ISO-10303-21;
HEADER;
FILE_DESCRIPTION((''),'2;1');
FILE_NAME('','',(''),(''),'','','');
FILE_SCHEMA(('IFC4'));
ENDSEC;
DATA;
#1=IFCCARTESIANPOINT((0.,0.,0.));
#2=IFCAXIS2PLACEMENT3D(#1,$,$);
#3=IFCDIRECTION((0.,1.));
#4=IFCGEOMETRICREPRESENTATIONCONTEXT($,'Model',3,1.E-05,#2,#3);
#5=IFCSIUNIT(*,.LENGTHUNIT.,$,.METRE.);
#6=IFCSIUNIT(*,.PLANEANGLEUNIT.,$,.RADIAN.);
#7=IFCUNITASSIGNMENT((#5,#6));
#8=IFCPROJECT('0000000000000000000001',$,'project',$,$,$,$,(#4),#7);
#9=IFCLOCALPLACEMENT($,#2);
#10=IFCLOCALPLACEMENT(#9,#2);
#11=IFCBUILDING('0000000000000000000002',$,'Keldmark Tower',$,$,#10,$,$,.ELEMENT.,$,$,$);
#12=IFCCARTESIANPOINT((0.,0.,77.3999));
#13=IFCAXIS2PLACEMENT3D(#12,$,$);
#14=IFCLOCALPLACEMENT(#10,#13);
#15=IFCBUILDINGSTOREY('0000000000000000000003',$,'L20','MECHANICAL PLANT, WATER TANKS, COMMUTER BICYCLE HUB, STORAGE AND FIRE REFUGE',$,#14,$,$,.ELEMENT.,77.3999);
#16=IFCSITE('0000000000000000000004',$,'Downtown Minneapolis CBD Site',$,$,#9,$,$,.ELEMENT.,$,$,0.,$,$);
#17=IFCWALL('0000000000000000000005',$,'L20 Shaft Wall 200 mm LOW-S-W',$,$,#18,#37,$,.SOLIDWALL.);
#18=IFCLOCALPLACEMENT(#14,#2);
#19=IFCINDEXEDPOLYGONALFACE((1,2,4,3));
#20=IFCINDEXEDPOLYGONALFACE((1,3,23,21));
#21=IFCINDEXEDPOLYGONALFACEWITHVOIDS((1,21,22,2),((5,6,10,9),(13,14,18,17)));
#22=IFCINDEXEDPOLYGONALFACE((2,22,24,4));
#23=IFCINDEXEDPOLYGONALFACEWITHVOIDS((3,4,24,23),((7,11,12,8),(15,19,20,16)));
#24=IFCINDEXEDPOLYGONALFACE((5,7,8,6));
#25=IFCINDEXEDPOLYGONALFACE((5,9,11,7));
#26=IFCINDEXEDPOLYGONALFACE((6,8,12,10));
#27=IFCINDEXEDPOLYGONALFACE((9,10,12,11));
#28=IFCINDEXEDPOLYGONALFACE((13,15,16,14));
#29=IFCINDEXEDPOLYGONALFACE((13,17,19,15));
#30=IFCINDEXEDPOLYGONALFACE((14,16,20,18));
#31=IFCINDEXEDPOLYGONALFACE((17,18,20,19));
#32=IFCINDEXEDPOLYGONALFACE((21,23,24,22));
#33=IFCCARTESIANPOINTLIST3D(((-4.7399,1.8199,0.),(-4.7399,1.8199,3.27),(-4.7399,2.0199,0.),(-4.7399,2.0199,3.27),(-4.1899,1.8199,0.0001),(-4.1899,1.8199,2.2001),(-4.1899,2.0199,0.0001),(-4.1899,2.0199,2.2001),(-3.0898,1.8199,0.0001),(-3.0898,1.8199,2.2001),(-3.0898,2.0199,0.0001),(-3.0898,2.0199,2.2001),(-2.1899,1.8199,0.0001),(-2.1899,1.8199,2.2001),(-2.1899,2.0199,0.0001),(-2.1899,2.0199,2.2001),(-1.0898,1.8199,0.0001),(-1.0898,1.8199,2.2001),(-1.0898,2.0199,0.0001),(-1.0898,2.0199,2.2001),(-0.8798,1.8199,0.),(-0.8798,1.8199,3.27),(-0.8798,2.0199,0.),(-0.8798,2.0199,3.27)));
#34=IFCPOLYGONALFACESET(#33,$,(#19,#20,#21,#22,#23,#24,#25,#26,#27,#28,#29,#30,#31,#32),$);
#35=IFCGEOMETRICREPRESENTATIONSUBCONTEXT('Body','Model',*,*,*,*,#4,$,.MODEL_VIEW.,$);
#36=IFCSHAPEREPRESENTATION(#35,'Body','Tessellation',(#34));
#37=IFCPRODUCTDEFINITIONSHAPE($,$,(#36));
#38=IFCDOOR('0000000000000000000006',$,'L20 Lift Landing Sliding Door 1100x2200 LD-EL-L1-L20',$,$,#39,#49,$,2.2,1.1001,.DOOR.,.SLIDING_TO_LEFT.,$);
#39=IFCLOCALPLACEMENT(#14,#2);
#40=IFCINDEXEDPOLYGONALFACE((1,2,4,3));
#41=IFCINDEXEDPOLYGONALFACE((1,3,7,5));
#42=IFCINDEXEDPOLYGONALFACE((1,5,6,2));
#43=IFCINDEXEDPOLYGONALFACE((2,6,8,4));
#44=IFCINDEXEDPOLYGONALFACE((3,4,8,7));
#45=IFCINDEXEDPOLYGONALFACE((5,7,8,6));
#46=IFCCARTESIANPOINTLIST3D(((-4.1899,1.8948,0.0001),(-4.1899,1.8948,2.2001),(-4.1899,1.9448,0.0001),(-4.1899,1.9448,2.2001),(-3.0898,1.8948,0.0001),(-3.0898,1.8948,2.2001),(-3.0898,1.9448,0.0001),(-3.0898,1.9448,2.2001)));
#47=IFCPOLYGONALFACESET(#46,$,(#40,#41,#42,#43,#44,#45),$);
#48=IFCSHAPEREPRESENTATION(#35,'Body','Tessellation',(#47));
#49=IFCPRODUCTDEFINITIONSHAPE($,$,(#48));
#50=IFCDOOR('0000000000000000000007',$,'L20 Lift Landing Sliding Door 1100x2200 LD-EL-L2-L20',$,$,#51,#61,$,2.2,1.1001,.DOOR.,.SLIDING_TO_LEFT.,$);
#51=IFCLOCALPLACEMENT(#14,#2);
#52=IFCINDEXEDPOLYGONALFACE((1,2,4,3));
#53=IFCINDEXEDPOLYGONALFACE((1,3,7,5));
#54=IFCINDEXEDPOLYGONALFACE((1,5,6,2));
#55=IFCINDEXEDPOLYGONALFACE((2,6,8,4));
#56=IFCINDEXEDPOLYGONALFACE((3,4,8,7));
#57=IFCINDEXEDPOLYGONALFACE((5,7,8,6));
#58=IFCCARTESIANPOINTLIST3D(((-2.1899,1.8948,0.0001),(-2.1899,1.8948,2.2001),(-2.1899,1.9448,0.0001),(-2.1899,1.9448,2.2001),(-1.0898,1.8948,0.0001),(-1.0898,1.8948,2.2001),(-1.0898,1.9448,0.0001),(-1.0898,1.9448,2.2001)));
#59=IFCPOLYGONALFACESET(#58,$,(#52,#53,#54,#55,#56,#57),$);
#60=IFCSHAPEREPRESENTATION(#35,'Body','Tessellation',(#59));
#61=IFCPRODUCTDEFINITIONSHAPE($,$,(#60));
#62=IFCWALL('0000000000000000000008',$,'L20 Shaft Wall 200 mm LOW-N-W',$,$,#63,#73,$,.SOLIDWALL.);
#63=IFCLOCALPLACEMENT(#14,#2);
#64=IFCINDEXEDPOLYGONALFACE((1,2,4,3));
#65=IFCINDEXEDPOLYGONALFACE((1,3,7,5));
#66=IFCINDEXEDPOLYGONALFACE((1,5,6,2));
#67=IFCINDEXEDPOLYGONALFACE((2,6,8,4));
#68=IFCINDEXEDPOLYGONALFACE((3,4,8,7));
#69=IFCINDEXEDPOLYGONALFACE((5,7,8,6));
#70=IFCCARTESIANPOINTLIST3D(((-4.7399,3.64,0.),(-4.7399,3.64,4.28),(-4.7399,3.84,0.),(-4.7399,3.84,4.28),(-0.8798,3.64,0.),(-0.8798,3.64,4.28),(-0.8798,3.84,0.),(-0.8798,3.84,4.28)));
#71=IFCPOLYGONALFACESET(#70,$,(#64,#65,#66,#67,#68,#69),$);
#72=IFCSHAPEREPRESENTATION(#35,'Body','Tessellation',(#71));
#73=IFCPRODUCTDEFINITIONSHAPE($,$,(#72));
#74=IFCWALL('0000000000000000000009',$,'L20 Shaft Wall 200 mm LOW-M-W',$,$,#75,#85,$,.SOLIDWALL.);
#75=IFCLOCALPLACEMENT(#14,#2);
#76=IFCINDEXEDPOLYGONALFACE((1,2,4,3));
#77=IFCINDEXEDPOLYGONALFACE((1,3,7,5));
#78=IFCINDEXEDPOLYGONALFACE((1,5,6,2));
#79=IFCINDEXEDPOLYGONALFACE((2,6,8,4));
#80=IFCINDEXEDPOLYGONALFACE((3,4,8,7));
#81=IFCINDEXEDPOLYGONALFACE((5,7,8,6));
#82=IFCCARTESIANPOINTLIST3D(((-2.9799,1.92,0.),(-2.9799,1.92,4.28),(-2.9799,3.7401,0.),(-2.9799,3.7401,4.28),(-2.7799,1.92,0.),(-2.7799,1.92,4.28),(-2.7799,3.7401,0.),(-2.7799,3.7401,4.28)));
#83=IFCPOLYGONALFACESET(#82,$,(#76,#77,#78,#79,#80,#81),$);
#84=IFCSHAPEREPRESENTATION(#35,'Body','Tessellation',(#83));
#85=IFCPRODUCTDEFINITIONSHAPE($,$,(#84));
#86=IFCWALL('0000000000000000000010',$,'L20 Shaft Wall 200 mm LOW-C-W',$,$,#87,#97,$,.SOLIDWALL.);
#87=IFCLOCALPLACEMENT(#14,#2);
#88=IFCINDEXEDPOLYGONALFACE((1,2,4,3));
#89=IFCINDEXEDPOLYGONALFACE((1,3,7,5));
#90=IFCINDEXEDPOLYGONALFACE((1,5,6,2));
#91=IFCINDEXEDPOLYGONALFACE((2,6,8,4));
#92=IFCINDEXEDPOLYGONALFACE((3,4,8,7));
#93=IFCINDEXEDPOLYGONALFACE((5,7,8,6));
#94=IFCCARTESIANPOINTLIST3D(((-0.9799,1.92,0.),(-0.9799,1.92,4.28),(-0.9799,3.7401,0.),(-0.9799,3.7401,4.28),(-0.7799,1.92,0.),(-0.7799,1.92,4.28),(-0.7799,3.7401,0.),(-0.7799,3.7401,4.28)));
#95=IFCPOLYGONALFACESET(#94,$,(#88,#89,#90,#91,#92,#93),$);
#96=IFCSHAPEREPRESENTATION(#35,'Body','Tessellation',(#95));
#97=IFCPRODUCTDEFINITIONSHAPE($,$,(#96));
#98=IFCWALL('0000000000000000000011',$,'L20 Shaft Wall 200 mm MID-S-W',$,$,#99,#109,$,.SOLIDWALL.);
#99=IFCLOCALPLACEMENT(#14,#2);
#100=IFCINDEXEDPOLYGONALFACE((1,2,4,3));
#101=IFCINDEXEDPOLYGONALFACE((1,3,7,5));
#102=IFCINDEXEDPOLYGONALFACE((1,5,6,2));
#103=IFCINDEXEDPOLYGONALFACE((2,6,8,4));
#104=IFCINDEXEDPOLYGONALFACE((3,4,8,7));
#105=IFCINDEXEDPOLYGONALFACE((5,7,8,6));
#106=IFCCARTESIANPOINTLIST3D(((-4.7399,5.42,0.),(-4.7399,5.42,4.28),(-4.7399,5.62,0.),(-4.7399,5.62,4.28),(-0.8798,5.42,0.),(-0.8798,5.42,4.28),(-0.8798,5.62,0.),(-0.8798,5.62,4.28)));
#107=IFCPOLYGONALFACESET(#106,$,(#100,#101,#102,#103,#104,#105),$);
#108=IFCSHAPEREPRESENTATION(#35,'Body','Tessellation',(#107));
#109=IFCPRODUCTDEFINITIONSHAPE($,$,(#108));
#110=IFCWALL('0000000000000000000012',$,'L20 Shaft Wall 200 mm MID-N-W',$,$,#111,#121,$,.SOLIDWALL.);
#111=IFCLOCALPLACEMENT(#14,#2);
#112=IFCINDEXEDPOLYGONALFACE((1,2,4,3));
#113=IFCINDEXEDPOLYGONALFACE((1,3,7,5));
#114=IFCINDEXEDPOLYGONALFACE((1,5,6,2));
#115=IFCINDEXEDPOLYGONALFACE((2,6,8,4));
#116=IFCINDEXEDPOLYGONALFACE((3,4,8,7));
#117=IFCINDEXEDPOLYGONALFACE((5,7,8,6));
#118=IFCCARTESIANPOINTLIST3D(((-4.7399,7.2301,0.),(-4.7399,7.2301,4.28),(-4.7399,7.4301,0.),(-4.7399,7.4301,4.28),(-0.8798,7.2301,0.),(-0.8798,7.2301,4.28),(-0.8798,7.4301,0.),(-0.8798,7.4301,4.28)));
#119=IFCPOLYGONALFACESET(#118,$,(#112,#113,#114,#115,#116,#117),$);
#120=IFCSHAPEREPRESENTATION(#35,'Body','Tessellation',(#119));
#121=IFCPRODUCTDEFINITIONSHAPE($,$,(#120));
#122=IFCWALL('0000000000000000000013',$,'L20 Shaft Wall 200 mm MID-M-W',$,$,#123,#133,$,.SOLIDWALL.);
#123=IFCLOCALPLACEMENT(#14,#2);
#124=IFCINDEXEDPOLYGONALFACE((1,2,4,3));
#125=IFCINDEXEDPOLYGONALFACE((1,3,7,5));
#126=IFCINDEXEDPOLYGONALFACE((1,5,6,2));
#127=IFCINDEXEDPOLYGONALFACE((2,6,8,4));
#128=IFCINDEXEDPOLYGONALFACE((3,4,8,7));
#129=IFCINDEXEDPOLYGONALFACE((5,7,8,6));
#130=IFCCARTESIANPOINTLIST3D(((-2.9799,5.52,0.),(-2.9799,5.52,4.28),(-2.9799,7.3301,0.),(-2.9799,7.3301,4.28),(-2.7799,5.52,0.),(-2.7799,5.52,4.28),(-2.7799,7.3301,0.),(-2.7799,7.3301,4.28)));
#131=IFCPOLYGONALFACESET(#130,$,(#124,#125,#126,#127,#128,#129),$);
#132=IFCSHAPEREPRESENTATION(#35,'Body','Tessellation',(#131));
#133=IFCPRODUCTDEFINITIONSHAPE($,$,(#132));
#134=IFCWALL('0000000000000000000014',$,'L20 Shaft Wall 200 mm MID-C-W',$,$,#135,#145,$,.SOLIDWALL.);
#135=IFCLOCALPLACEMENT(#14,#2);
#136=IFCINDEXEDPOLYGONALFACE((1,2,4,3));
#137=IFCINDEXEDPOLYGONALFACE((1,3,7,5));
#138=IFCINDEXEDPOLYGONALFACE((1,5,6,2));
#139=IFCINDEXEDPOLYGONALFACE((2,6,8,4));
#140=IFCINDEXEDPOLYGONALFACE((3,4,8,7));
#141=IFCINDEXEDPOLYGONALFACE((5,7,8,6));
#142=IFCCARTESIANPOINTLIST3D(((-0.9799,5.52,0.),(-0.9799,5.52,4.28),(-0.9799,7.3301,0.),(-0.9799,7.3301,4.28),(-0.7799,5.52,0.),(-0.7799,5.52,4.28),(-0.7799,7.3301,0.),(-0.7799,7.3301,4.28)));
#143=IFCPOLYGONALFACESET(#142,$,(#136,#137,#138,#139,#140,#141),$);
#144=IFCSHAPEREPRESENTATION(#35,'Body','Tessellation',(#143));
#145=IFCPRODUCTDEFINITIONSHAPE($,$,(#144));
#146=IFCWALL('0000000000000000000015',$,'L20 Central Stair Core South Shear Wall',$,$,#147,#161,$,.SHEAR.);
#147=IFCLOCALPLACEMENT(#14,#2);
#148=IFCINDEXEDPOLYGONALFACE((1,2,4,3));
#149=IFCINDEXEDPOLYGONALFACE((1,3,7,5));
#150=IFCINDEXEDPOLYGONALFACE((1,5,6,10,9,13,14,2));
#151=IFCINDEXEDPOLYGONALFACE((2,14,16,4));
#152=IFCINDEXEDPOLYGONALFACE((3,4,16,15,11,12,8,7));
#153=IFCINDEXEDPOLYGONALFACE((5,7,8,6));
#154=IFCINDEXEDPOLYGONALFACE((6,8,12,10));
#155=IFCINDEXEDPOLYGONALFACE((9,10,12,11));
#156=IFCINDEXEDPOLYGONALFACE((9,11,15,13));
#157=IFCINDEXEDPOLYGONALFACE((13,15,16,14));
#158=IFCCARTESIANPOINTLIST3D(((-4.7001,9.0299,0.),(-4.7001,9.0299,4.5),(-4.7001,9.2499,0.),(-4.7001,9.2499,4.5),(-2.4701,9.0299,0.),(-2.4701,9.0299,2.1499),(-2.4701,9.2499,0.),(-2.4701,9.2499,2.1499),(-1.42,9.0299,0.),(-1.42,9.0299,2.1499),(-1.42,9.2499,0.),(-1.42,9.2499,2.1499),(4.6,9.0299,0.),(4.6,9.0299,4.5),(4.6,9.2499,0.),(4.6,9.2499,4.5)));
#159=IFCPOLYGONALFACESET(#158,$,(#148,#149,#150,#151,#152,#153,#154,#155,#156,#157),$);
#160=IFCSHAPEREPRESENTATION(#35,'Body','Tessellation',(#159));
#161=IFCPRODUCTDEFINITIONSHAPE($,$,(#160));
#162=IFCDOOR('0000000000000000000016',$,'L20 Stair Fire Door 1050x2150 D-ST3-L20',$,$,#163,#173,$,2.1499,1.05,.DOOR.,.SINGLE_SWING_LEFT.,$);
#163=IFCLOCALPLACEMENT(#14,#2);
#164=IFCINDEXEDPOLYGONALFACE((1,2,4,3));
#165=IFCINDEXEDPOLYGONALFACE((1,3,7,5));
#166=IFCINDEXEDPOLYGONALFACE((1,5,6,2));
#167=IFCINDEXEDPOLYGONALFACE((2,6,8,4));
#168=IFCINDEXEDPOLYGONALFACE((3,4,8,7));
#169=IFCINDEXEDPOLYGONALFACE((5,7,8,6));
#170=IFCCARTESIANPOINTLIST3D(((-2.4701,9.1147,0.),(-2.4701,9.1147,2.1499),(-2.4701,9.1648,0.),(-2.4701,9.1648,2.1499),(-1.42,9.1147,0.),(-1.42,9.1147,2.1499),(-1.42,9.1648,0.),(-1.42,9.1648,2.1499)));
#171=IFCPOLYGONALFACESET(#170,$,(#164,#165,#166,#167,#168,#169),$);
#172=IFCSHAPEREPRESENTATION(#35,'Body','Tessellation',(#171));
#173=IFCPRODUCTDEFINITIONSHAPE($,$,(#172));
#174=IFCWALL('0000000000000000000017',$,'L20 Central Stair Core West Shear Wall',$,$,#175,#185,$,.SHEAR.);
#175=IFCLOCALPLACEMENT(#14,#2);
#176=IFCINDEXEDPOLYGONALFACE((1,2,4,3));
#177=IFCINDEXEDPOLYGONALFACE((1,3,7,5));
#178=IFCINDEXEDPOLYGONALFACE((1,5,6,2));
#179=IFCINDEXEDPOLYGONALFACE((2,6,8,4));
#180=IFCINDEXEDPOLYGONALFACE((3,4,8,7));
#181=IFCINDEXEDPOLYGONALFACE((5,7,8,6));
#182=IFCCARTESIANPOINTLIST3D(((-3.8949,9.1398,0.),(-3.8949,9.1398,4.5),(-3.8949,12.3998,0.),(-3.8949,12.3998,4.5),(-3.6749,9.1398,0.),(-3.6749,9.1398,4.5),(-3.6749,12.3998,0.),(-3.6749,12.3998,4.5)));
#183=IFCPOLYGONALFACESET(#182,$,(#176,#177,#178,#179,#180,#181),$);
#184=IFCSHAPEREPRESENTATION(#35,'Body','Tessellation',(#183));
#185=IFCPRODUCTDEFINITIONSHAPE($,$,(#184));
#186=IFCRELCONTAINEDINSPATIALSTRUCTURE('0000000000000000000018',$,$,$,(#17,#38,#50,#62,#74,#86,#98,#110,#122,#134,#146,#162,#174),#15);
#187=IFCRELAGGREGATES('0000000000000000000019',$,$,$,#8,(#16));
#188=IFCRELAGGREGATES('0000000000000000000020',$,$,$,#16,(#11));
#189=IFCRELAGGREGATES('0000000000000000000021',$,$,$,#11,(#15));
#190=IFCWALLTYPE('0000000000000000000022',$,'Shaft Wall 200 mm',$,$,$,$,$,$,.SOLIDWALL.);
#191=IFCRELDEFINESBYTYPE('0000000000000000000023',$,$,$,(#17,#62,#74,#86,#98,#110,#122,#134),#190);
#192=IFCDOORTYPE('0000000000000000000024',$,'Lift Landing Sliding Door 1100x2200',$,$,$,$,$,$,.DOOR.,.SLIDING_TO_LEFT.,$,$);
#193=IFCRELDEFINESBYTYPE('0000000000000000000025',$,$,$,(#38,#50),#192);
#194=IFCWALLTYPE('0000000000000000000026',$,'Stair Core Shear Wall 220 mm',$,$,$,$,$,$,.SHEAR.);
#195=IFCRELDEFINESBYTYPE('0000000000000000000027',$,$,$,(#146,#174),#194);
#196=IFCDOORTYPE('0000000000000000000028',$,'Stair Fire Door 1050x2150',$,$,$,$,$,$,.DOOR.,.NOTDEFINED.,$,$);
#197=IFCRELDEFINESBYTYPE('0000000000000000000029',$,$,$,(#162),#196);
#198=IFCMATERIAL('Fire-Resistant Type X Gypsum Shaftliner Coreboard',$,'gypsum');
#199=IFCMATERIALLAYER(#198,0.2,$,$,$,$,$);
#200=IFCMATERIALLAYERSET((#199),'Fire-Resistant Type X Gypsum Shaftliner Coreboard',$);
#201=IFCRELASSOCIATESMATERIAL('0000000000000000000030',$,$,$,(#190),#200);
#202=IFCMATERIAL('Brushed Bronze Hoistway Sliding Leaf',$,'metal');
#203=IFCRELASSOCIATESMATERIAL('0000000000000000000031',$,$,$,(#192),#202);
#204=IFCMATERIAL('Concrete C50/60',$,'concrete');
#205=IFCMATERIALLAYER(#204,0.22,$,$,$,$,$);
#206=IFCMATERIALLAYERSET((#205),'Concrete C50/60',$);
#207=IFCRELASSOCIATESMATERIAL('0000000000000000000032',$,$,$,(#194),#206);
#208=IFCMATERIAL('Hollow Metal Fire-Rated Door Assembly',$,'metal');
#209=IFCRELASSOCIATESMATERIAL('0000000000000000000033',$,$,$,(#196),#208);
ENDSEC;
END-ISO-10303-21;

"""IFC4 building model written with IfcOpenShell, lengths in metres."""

from ifc_helpers import new_model, si_unit, direction, frame, frame_2d, origin, place, context, subcontext, project, spatial, rectangle, extrude, material, layer, layer_set, type_object, element, fill, save


model = new_model("IFC4")

# Units and contexts
model_context = context("Model", 3, precision=1e-05, world=origin(), true_north=direction((0.0, 1.0)))
body_context = subcontext(model_context, "Body", "Model", "MODEL_VIEW")
ifc_project = project(units=[si_unit("LENGTHUNIT", "METRE"), si_unit("PLANEANGLEUNIT", "RADIAN")], contexts=[model_context])

# Site, building, storey
site_placement = place(None, origin())
site = spatial("IfcSite", under=ifc_project, at=site_placement, Name="Downtown Minneapolis CBD Site", CompositionType="ELEMENT", RefElevation=0.0)
building_placement = place(site_placement, origin())
building = spatial("IfcBuilding", under=site, at=building_placement, Name="Keldmark Tower", CompositionType="ELEMENT")
storey_placement = place(building_placement, frame((0.0, 0.0, 77.3999)))
storey = spatial("IfcBuildingStorey", under=building, at=storey_placement, Name="L20", Description="MECHANICAL PLANT, WATER TANKS, COMMUTER BICYCLE HUB, STORAGE AND FIRE REFUGE", CompositionType="ELEMENT", Elevation=77.3999)

# Shared definitions
ifc_material_1 = material(Name="Fire-Resistant Type X Gypsum Shaftliner Coreboard", Category="gypsum")
ifc_layer_1 = layer(ifc_material_1, 0.2)
ifc_layer_set_1 = layer_set([ifc_layer_1], Name="Fire-Resistant Type X Gypsum Shaftliner Coreboard")
wall_type_1 = type_object("IfcWallType", Name="Shaft Wall 200 mm", PredefinedType="SOLIDWALL", material=ifc_layer_set_1)

# Wall, openings, doors
wall_1_placement = place(storey_placement, frame((-4.74, 1.9199, 0.0), z_axis=(0.0, 0.0, 1.0), x_axis=(1.0, 0.0, 0.0)))
wall_1 = element("IfcWall", 1, at=wall_1_placement, inside=storey, type_object=wall_type_1, Name="L20 Shaft Wall 200 mm LOW-S-W", PredefinedType="SOLIDWALL", context=body_context, shape_type="SweptSolid", body=[
    extrude(rectangle(XDim=3.8601, YDim=0.2, at=frame_2d((1.9302, 0.0))), origin(), (0.0, 0.0, 1.0), 3.27),
])
opening_1_placement = place(wall_1_placement, frame((0.55, 0.0, 0.0)))
opening_1 = element("IfcOpeningElement", 2, at=opening_1_placement, cuts=wall_1, PredefinedType="OPENING", context=body_context, shape_type="SweptSolid", body=[
    extrude(rectangle(XDim=1.1001, YDim=2.2, at=frame_2d((0.55, 1.1001))), frame((0.0, 0.1099, 0.0), z_axis=(0.0, -1.0, 0.0), x_axis=(1.0, 0.0, 0.0)), (0.0, 0.0, 1.0), 0.22),
])
opening_2_placement = place(wall_1_placement, frame((2.55, 0.0, 0.0)))
opening_2 = element("IfcOpeningElement", 3, at=opening_2_placement, cuts=wall_1, PredefinedType="OPENING", context=body_context, shape_type="SweptSolid", body=[
    extrude(rectangle(XDim=1.1001, YDim=2.2, at=frame_2d((0.55, 1.1001))), frame((0.0, 0.1099, 0.0), z_axis=(0.0, -1.0, 0.0), x_axis=(1.0, 0.0, 0.0)), (0.0, 0.0, 1.0), 0.22),
])
ifc_material_2 = material(Name="Brushed Bronze Hoistway Sliding Leaf", Category="metal")
door_type_1 = type_object("IfcDoorType", Name="Lift Landing Sliding Door 1100x2200", OperationType="SLIDING_TO_LEFT", PredefinedType="DOOR", material=ifc_material_2)
door_1_placement = place(opening_1_placement, origin())
door_1 = element("IfcDoor", 4, at=door_1_placement, inside=storey, type_object=door_type_1, Name="L20 Lift Landing Sliding Door 1100x2200 LD-EL-L1-L20", OperationType="SLIDING_TO_LEFT", OverallHeight=2.2, OverallWidth=1.1001, PredefinedType="DOOR", context=body_context, shape_type="SweptSolid", body=[
    extrude(rectangle(XDim=1.1001, YDim=2.2, at=frame_2d((0.55, 1.1001))), frame((0.0, 0.0249, 0.0), z_axis=(0.0, -1.0, 0.0), x_axis=(1.0, 0.0, 0.0)), (0.0, 0.0, 1.0), 0.05),
])
fill(opening_1, door_1)
door_2_placement = place(opening_2_placement, origin())
door_2 = element("IfcDoor", 5, at=door_2_placement, inside=storey, type_object=door_type_1, Name="L20 Lift Landing Sliding Door 1100x2200 LD-EL-L2-L20", OperationType="SLIDING_TO_LEFT", OverallHeight=2.2, OverallWidth=1.1001, PredefinedType="DOOR", context=body_context, shape_type="SweptSolid", body=[
    extrude(rectangle(XDim=1.1001, YDim=2.2, at=frame_2d((0.55, 1.1001))), frame((0.0, 0.0249, 0.0), z_axis=(0.0, -1.0, 0.0), x_axis=(1.0, 0.0, 0.0)), (0.0, 0.0, 1.0), 0.05),
])
fill(opening_2, door_2)

# Walls
wall_2_placement = place(storey_placement, frame((-4.74, 3.74, 0.0), z_axis=(0.0, 0.0, 1.0), x_axis=(1.0, 0.0, 0.0)))
element("IfcWall", 6, at=wall_2_placement, inside=storey, type_object=wall_type_1, Name="L20 Shaft Wall 200 mm LOW-N-W", PredefinedType="SOLIDWALL", context=body_context, shape_type="SweptSolid", body=[
    extrude(rectangle(XDim=3.8601, YDim=0.2, at=frame_2d((1.9302, 0.0))), origin(), (0.0, 0.0, 1.0), 4.28),
])
for number, where, z_axis, x_axis, name in (
    (7, (-2.8799, 1.9199, 0.0), (0.0, 0.0, 1.0), (0.0, 1.0, 0.0), "L20 Shaft Wall 200 mm LOW-M-W"),
    (8, (-0.8799, 1.9199, 0.0), (0.0, 0.0, 1.0), (0.0, 1.0, 0.0), "L20 Shaft Wall 200 mm LOW-C-W"),
):
    element("IfcWall", number, at=place(storey_placement, frame(where, z_axis=z_axis, x_axis=x_axis)), inside=storey, type_object=wall_type_1, Name=name, PredefinedType="SOLIDWALL", context=body_context, shape_type="SweptSolid", body=[
        extrude(rectangle(XDim=1.8201, YDim=0.2, at=frame_2d((0.9102, 0.0))), origin(), (0.0, 0.0, 1.0), 4.28),
    ])
for number, where, z_axis, x_axis, name in (
    (9, (-4.74, 5.52, 0.0), (0.0, 0.0, 1.0), (1.0, 0.0, 0.0), "L20 Shaft Wall 200 mm MID-S-W"),
    (10, (-4.74, 7.3301, 0.0), (0.0, 0.0, 1.0), (1.0, 0.0, 0.0), "L20 Shaft Wall 200 mm MID-N-W"),
):
    element("IfcWall", number, at=place(storey_placement, frame(where, z_axis=z_axis, x_axis=x_axis)), inside=storey, type_object=wall_type_1, Name=name, PredefinedType="SOLIDWALL", context=body_context, shape_type="SweptSolid", body=[
        extrude(rectangle(XDim=3.8601, YDim=0.2, at=frame_2d((1.9302, 0.0))), origin(), (0.0, 0.0, 1.0), 4.28),
    ])
for number, where, z_axis, x_axis, name in (
    (11, (-2.8799, 5.52, 0.0), (0.0, 0.0, 1.0), (0.0, 1.0, 0.0), "L20 Shaft Wall 200 mm MID-M-W"),
    (12, (-0.8799, 5.52, 0.0), (0.0, 0.0, 1.0), (0.0, 1.0, 0.0), "L20 Shaft Wall 200 mm MID-C-W"),
):
    element("IfcWall", number, at=place(storey_placement, frame(where, z_axis=z_axis, x_axis=x_axis)), inside=storey, type_object=wall_type_1, Name=name, PredefinedType="SOLIDWALL", context=body_context, shape_type="SweptSolid", body=[
        extrude(rectangle(XDim=1.8101, YDim=0.2, at=frame_2d((0.905, 0.0))), origin(), (0.0, 0.0, 1.0), 4.28),
    ])

# Wall, opening, door
ifc_material_3 = material(Name="Concrete C50/60", Category="concrete")
ifc_layer_2 = layer(ifc_material_3, 0.22)
ifc_layer_set_2 = layer_set([ifc_layer_2], Name="Concrete C50/60")
wall_type_2 = type_object("IfcWallType", Name="Stair Core Shear Wall 220 mm", PredefinedType="SHEAR", material=ifc_layer_set_2)
wall_3_placement = place(storey_placement, frame((-4.7, 9.1399, 0.0), z_axis=(0.0, 0.0, 1.0), x_axis=(1.0, 0.0, 0.0)))
wall_3 = element("IfcWall", 13, at=wall_3_placement, inside=storey, type_object=wall_type_2, Name="L20 Central Stair Core South Shear Wall", PredefinedType="SHEAR", context=body_context, shape_type="SweptSolid", body=[
    extrude(rectangle(XDim=9.3, YDim=0.22, at=frame_2d((4.6499, 0.0))), origin(), (0.0, 0.0, 1.0), 4.5),
])
opening_3_placement = place(wall_3_placement, frame((2.23, 0.0, 0.0)))
opening_3 = element("IfcOpeningElement", 14, at=opening_3_placement, cuts=wall_3, PredefinedType="OPENING", context=body_context, shape_type="SweptSolid", body=[
    extrude(rectangle(XDim=1.05, YDim=2.1499, at=frame_2d((0.5249, 1.075))), frame((0.0, 0.1199, 0.0), z_axis=(0.0, -1.0, 0.0), x_axis=(1.0, 0.0, 0.0)), (0.0, 0.0, 1.0), 0.24),
])
ifc_material_4 = material(Name="Hollow Metal Fire-Rated Door Assembly", Category="metal")
door_type_2 = type_object("IfcDoorType", Name="Stair Fire Door 1050x2150", OperationType="NOTDEFINED", PredefinedType="DOOR", material=ifc_material_4)
door_3_placement = place(opening_3_placement, origin())
door_3 = element("IfcDoor", 15, at=door_3_placement, inside=storey, type_object=door_type_2, Name="L20 Stair Fire Door 1050x2150 D-ST3-L20", OperationType="SINGLE_SWING_LEFT", OverallHeight=2.1499, OverallWidth=1.05, PredefinedType="DOOR", context=body_context, shape_type="SweptSolid", body=[
    extrude(rectangle(XDim=1.05, YDim=2.1499, at=frame_2d((0.5249, 1.075))), frame((0.0, 0.0249, 0.0), z_axis=(0.0, -1.0, 0.0), x_axis=(1.0, 0.0, 0.0)), (0.0, 0.0, 1.0), 0.05),
])
fill(opening_3, door_3)

# Wall
wall_4_placement = place(storey_placement, frame((-3.7849, 9.1399, 0.0), z_axis=(0.0, 0.0, 1.0), x_axis=(0.0, 1.0, 0.0)))
element("IfcWall", 16, at=wall_4_placement, inside=storey, type_object=wall_type_2, Name="L20 Central Stair Core West Shear Wall", PredefinedType="SHEAR", context=body_context, shape_type="SweptSolid", body=[
    extrude(rectangle(XDim=3.26, YDim=0.22, at=frame_2d((1.6299, 0.0))), origin(), (0.0, 0.0, 1.0), 4.5),
])

save(model, "model.ifc")
